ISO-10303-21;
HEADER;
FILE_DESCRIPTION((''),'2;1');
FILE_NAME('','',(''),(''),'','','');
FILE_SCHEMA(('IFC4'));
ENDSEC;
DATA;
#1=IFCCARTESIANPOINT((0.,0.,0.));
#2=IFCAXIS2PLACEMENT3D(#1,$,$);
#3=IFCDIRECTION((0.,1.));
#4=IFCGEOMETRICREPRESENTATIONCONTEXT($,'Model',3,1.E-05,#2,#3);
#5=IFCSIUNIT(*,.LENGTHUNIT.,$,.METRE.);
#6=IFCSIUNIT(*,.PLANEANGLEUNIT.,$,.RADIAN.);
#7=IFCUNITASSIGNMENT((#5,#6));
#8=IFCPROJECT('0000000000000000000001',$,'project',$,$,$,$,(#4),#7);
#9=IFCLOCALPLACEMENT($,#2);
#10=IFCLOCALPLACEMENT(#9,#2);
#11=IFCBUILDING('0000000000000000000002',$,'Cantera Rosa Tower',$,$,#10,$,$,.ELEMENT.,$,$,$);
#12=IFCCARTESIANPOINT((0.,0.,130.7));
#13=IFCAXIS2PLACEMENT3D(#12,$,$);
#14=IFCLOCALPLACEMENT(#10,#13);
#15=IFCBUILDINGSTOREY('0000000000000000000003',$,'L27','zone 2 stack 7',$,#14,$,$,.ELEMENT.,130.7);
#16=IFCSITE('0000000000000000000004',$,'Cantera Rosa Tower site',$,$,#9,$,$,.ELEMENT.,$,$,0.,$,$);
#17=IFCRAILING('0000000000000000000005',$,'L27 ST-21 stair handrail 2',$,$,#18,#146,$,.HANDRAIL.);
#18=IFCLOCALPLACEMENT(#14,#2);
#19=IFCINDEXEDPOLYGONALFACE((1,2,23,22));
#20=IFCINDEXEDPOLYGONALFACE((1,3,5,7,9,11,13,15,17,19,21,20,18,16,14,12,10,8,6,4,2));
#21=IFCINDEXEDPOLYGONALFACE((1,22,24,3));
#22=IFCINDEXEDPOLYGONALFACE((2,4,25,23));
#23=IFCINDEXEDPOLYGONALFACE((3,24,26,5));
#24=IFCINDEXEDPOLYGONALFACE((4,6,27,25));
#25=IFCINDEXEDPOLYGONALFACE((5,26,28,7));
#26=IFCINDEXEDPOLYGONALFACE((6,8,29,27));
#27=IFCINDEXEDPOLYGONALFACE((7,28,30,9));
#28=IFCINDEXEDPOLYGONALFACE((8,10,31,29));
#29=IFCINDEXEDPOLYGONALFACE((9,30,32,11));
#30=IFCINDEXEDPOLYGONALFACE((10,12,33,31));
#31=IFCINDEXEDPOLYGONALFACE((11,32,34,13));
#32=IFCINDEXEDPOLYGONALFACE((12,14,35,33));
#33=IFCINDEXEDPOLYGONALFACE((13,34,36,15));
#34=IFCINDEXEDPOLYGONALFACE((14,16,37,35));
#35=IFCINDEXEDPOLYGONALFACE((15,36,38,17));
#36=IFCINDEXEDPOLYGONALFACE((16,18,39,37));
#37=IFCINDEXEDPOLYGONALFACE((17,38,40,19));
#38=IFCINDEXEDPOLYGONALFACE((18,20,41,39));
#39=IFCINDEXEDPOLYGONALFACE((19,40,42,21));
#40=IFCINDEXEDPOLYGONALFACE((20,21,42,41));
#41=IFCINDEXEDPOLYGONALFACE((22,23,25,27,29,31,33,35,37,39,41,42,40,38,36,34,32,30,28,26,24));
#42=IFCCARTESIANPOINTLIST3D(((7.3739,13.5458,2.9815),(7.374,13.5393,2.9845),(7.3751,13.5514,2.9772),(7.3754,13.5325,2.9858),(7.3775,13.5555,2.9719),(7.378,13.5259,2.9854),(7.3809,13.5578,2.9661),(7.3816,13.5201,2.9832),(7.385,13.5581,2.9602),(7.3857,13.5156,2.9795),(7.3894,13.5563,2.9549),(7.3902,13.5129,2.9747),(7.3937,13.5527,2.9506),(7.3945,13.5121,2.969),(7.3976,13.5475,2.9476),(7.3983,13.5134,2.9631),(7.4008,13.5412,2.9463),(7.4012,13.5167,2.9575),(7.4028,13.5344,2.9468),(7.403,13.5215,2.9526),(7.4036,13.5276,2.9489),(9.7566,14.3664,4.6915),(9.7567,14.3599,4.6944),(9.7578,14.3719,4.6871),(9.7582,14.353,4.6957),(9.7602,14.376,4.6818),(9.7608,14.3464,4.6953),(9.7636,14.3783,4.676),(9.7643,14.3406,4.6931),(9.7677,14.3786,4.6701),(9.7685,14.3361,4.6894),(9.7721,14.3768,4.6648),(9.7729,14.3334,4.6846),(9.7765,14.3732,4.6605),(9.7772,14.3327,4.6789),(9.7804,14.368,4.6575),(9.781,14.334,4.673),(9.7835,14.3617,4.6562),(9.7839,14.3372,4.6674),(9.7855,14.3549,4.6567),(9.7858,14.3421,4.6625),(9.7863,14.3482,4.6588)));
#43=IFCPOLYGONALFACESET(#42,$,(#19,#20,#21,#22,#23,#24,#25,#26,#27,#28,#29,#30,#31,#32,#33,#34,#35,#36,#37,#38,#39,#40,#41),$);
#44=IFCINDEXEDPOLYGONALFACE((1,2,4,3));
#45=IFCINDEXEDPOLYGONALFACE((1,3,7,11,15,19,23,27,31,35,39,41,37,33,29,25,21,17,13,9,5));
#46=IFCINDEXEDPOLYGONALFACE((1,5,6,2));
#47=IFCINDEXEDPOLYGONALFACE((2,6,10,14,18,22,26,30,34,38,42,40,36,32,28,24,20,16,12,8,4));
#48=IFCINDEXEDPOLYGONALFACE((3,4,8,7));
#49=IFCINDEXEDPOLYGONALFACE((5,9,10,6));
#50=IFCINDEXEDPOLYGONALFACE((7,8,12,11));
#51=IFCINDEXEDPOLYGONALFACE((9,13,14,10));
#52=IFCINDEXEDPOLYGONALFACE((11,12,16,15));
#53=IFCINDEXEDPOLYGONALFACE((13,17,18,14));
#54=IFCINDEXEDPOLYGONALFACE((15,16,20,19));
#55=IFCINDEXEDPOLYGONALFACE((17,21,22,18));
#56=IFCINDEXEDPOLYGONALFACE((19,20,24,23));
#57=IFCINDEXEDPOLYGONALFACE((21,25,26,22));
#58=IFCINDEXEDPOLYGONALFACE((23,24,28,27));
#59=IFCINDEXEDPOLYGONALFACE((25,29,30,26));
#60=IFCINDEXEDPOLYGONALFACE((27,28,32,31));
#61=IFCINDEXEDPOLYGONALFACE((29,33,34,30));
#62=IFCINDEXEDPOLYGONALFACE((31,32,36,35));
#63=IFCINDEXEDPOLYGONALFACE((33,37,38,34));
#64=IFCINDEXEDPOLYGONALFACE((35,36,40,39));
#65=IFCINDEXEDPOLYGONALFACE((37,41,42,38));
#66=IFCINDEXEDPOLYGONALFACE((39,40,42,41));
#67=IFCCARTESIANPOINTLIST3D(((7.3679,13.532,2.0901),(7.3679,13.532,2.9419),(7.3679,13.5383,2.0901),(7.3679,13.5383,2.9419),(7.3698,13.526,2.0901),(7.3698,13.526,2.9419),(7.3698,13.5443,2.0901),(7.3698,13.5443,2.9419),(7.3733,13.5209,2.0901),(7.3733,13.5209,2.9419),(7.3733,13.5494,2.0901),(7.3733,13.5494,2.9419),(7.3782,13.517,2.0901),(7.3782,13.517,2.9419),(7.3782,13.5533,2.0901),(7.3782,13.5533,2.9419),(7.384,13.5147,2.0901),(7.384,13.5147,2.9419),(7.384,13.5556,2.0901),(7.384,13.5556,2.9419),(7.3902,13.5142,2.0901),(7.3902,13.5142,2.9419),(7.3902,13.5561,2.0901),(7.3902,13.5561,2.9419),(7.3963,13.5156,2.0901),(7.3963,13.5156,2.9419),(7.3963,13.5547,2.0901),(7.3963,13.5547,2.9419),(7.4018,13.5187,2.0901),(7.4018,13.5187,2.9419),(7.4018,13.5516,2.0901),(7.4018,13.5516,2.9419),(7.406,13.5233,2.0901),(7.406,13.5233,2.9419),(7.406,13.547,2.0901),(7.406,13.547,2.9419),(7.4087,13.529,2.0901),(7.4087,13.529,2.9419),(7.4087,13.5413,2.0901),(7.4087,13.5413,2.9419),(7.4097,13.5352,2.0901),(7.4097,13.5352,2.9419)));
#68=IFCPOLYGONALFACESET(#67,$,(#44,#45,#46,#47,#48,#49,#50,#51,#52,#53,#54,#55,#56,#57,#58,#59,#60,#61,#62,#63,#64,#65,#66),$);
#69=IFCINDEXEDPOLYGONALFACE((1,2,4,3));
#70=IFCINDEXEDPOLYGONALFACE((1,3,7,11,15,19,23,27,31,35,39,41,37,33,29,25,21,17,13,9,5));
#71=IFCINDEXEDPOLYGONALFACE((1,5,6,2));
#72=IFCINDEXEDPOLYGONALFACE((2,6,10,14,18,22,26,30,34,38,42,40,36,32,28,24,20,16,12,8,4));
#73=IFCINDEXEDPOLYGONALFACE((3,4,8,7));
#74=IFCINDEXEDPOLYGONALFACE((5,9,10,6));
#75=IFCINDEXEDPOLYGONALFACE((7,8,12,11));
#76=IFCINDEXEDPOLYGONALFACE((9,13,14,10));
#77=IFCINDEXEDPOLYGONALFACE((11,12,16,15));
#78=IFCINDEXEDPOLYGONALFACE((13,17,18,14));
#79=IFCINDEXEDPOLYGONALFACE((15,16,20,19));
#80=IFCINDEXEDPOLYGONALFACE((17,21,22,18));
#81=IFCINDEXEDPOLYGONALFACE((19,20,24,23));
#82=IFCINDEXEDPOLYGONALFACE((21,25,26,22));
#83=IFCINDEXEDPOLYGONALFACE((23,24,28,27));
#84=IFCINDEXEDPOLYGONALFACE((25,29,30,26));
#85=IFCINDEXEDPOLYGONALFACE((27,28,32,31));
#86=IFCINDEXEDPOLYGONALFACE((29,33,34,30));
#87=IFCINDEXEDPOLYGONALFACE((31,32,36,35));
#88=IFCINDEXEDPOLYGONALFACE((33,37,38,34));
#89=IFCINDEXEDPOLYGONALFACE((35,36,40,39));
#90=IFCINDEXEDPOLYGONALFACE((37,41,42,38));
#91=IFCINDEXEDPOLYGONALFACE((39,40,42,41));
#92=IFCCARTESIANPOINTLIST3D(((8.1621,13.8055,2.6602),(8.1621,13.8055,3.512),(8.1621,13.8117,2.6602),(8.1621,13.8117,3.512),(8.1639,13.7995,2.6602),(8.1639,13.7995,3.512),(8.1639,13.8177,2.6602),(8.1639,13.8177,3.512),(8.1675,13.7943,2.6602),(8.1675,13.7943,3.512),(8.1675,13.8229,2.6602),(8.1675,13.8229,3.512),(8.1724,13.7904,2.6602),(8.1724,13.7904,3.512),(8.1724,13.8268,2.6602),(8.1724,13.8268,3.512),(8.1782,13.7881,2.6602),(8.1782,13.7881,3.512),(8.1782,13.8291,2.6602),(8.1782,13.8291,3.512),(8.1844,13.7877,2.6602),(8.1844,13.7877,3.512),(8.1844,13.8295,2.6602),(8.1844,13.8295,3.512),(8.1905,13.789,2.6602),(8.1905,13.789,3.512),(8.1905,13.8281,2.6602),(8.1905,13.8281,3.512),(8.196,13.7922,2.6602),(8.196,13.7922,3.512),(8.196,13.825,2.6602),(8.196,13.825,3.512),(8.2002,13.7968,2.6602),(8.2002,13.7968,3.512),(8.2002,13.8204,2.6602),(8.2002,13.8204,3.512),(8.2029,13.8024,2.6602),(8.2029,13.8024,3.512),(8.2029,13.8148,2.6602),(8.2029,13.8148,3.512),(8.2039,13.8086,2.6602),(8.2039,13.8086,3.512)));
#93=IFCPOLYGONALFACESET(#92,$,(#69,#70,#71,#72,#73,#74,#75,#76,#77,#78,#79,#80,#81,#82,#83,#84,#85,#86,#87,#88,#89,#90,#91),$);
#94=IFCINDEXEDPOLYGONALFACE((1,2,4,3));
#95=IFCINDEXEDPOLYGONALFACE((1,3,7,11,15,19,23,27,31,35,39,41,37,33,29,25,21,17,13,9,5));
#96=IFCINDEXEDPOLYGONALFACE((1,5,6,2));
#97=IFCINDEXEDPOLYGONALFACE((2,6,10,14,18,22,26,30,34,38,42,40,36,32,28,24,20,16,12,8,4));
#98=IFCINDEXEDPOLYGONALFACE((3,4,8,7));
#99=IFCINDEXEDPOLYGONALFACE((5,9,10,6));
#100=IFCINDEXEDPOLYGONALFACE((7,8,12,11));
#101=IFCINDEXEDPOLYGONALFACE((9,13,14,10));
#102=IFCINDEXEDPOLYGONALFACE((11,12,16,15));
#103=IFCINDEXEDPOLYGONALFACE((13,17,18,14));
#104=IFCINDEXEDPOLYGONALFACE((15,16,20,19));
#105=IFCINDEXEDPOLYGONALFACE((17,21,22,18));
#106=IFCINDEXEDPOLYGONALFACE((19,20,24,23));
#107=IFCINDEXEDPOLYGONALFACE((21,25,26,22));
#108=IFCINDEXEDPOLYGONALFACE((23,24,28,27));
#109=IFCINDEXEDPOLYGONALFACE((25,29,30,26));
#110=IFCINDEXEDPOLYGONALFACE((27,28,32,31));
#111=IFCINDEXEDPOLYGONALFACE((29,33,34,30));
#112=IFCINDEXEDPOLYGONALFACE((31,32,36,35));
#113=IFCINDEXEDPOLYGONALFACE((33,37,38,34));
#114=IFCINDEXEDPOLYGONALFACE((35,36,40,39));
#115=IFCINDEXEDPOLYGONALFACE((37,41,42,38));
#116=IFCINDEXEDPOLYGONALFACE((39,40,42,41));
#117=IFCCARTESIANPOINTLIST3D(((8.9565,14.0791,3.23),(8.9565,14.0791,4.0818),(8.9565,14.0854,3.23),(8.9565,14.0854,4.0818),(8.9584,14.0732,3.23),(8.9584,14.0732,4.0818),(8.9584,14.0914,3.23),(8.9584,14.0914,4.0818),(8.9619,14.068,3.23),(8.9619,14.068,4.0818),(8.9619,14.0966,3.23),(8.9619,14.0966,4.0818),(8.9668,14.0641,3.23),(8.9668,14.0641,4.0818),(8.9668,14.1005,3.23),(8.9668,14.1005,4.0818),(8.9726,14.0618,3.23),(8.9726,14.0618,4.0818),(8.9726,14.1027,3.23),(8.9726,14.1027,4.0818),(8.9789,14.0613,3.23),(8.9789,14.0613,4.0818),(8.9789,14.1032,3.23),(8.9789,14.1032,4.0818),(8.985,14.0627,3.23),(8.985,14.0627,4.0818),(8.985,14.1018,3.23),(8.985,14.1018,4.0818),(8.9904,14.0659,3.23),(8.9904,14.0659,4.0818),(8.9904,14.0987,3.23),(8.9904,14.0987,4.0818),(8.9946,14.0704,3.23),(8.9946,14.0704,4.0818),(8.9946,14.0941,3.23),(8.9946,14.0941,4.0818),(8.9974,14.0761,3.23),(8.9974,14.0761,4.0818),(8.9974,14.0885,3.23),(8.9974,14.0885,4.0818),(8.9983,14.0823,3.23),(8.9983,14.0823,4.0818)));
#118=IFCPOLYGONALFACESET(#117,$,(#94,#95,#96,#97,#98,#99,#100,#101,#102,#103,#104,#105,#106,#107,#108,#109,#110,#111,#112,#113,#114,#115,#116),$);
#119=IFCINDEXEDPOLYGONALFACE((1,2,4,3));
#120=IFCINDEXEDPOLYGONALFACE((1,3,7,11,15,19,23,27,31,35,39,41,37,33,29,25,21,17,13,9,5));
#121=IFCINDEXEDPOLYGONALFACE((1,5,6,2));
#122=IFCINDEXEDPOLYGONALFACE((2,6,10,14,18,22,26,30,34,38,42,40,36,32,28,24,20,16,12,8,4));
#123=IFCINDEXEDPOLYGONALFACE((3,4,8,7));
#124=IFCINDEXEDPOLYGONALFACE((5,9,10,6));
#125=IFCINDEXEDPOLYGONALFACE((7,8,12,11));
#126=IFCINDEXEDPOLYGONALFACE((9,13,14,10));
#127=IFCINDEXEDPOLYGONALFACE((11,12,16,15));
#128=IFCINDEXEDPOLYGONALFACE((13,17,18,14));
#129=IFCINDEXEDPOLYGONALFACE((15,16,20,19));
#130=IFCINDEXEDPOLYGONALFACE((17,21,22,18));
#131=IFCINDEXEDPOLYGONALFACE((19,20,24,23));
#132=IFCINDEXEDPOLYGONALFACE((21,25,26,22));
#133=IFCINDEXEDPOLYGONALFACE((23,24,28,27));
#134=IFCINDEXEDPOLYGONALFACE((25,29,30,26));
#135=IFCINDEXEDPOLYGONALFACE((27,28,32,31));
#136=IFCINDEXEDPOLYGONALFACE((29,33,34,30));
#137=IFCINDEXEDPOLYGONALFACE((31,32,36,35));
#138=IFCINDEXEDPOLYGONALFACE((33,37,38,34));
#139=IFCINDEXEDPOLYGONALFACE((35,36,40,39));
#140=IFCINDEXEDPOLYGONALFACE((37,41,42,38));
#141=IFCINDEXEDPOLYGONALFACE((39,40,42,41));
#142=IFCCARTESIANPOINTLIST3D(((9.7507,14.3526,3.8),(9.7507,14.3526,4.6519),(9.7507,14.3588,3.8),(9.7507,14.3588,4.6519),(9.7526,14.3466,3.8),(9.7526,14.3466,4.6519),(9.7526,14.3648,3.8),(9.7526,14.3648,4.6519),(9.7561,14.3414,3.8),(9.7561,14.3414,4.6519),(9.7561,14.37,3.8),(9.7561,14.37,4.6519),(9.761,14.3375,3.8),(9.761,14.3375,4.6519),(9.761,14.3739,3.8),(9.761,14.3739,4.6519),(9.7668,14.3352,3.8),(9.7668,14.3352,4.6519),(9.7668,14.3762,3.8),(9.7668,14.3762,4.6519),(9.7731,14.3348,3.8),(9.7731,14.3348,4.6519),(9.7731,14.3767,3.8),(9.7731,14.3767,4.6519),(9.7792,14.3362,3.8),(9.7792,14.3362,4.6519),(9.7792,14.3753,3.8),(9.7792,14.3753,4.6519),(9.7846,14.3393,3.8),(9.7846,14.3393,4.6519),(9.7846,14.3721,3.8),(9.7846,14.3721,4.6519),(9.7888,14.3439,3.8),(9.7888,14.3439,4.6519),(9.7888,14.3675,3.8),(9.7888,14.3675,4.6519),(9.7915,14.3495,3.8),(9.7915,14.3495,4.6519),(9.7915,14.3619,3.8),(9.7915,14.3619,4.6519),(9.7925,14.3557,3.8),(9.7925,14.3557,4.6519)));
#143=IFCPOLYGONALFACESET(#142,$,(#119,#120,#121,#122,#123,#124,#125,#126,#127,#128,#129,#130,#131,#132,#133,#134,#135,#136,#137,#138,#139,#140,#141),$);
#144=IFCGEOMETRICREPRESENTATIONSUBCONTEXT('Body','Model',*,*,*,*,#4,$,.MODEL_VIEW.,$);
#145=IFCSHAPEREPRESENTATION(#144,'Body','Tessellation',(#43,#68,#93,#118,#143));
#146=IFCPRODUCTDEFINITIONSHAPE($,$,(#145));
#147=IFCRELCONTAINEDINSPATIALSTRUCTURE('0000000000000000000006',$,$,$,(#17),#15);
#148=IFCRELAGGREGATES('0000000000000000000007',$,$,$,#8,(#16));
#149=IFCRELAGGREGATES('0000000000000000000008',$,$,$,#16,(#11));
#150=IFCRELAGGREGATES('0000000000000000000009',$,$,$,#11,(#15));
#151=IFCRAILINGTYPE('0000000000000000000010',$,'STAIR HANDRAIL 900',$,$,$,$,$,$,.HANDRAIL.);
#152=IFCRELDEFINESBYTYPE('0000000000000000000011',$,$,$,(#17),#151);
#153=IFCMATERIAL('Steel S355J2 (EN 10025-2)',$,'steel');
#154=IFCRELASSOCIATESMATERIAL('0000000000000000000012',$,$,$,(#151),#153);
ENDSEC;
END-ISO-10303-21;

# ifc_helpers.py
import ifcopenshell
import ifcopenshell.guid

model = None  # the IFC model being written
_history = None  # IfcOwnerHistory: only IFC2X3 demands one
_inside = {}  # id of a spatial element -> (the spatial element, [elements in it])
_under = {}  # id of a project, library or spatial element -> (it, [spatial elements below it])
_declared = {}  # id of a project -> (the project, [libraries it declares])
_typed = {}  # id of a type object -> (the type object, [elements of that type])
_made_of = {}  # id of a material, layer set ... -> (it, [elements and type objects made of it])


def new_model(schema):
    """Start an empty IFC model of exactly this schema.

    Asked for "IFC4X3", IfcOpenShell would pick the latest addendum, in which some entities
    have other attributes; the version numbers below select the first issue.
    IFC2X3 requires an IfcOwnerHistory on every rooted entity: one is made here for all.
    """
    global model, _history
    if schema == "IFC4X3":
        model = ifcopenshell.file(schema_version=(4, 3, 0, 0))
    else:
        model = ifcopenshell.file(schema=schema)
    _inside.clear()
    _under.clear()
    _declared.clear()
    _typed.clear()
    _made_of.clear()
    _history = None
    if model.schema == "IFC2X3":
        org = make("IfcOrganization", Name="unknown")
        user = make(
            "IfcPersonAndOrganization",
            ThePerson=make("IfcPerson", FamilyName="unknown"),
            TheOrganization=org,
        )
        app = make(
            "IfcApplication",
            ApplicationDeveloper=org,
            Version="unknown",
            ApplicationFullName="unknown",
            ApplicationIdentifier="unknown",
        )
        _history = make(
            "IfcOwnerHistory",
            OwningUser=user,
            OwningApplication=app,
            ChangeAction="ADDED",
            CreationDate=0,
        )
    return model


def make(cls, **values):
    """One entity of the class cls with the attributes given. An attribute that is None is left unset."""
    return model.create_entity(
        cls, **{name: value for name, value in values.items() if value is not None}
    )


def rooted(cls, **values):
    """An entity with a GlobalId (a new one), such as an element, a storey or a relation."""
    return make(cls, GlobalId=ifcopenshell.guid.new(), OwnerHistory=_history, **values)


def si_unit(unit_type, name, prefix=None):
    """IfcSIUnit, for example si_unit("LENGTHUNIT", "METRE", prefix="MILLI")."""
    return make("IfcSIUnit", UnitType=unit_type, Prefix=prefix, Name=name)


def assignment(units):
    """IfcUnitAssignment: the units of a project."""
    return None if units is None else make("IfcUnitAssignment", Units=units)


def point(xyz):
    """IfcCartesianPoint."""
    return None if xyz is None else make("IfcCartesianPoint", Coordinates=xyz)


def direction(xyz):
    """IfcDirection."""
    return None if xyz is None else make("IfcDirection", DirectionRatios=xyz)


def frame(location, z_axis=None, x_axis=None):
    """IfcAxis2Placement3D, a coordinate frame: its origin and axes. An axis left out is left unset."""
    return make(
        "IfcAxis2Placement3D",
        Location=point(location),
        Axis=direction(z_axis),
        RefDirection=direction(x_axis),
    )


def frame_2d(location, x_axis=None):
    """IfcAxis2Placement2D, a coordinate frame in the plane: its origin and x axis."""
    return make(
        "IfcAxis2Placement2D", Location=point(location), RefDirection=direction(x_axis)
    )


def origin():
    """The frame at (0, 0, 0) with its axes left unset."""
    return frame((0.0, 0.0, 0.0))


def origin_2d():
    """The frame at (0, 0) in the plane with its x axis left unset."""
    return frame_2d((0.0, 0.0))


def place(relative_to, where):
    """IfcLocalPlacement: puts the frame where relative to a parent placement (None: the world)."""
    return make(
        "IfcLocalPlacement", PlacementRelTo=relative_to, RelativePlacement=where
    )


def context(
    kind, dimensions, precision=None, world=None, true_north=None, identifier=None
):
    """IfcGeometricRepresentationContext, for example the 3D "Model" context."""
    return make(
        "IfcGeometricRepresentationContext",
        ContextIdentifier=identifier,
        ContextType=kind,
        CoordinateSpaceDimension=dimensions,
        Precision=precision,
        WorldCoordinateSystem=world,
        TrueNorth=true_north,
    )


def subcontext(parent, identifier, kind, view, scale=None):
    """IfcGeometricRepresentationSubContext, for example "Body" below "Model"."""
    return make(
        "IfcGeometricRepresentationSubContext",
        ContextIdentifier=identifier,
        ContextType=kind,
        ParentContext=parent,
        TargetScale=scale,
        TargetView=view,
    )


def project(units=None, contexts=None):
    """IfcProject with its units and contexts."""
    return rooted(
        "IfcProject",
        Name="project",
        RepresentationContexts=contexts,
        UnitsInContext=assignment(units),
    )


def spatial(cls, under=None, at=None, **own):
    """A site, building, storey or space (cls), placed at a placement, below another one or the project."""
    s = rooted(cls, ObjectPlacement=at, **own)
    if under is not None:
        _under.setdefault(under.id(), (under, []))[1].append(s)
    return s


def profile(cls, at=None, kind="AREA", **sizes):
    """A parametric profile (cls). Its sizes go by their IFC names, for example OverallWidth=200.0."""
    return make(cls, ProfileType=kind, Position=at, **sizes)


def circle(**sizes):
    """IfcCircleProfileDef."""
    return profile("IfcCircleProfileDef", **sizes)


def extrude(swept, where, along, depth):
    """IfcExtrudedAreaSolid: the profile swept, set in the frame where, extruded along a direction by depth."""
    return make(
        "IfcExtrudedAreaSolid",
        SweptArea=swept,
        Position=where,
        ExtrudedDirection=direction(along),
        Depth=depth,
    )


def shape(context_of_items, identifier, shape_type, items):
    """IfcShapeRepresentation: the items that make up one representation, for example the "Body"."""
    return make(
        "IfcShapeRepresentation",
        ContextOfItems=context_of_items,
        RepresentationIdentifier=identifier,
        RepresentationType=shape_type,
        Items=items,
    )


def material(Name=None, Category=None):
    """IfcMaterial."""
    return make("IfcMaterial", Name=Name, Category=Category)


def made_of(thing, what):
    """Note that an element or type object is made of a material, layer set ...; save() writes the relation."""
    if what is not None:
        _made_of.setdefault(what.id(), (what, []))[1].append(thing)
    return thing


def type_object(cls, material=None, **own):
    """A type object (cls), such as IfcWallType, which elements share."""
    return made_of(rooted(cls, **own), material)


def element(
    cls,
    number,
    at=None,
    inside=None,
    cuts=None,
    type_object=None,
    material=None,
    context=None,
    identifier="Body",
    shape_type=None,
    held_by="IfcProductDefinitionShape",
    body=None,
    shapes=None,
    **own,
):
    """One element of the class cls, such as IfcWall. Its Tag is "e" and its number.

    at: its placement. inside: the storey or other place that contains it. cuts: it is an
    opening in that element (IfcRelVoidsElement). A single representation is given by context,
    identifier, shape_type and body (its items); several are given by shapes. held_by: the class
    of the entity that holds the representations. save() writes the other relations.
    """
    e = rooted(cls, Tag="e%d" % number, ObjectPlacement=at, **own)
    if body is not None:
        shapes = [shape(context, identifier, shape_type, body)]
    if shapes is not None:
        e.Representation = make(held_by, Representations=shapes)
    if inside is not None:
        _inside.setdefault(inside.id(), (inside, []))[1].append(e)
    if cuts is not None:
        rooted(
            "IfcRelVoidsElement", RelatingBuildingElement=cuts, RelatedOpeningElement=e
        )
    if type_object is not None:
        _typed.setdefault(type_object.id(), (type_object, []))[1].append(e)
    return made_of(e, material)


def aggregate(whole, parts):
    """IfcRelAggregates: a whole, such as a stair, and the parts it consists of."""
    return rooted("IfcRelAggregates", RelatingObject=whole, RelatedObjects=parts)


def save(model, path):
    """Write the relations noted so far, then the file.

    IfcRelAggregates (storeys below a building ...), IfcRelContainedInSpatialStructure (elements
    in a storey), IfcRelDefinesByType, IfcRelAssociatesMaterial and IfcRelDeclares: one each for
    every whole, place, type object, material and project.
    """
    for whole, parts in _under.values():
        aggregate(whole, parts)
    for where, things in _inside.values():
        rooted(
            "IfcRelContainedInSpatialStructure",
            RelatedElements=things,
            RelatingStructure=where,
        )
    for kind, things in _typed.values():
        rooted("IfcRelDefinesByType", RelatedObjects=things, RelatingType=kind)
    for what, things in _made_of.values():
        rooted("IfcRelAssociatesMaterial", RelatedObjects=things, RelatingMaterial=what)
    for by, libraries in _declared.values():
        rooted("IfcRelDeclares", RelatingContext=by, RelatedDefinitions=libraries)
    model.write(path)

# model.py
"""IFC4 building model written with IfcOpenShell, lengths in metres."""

from ifc_helpers import new_model, si_unit, direction, frame, origin, origin_2d, place, context, subcontext, project, spatial, circle, extrude, material, type_object, element, save


model = new_model("IFC4")

# Units and contexts
model_context = context("Model", 3, precision=1e-05, world=origin(), true_north=direction((0.0, 1.0)))
body_context = subcontext(model_context, "Body", "Model", "MODEL_VIEW")
ifc_project = project(units=[si_unit("LENGTHUNIT", "METRE"), si_unit("PLANEANGLEUNIT", "RADIAN")], contexts=[model_context])

# Site, building, storey
site_placement = place(None, origin())
site = spatial("IfcSite", under=ifc_project, at=site_placement, Name="Cantera Rosa Tower site", CompositionType="ELEMENT", RefElevation=0.0)
building_placement = place(site_placement, origin())
building = spatial("IfcBuilding", under=site, at=building_placement, Name="Cantera Rosa Tower", CompositionType="ELEMENT")
storey_placement = place(building_placement, frame((0.0, 0.0, 130.7)))
storey = spatial("IfcBuildingStorey", under=building, at=storey_placement, Name="L27", Description="zone 2 stack 7", CompositionType="ELEMENT", Elevation=130.7)

# Railing
ifc_material_1 = material(Name="Steel S355J2 (EN 10025-2)", Category="steel")
railing_type_1 = type_object("IfcRailingType", Name="STAIR HANDRAIL 900", PredefinedType="HANDRAIL", material=ifc_material_1)
railing_1_placement = place(storey_placement, frame((7.3887, 13.5352, 2.0901)))
element("IfcRailing", 1, at=railing_1_placement, inside=storey, type_object=railing_type_1, Name="L27 ST-21 stair handrail 2", PredefinedType="HANDRAIL", context=body_context, shape_type="SweptSolid", body=[
    extrude(circle(Radius=0.0239, at=origin_2d()), frame((0.0, 0.0, 0.876), z_axis=(0.782404, 0.269432, 0.561471), x_axis=(-0.3256, 0.945508, 0.0)), (0.0, 0.0, 1.0), 3.0454),
    extrude(circle(Radius=0.021, at=origin_2d()), origin(), (0.0, 0.0, 1.0), 0.8518),
    extrude(circle(Radius=0.021, at=origin_2d()), frame((0.7942, 0.2734, 0.5701)), (0.0, 0.0, 1.0), 0.8518),
    extrude(circle(Radius=0.021, at=origin_2d()), frame((1.5886, 0.5471, 1.1399)), (0.0, 0.0, 1.0), 0.8518),
    extrude(circle(Radius=0.021, at=origin_2d()), frame((2.3828, 0.8206, 1.71)), (0.0, 0.0, 1.0), 0.8518),
])

save(model, "model.ifc")
